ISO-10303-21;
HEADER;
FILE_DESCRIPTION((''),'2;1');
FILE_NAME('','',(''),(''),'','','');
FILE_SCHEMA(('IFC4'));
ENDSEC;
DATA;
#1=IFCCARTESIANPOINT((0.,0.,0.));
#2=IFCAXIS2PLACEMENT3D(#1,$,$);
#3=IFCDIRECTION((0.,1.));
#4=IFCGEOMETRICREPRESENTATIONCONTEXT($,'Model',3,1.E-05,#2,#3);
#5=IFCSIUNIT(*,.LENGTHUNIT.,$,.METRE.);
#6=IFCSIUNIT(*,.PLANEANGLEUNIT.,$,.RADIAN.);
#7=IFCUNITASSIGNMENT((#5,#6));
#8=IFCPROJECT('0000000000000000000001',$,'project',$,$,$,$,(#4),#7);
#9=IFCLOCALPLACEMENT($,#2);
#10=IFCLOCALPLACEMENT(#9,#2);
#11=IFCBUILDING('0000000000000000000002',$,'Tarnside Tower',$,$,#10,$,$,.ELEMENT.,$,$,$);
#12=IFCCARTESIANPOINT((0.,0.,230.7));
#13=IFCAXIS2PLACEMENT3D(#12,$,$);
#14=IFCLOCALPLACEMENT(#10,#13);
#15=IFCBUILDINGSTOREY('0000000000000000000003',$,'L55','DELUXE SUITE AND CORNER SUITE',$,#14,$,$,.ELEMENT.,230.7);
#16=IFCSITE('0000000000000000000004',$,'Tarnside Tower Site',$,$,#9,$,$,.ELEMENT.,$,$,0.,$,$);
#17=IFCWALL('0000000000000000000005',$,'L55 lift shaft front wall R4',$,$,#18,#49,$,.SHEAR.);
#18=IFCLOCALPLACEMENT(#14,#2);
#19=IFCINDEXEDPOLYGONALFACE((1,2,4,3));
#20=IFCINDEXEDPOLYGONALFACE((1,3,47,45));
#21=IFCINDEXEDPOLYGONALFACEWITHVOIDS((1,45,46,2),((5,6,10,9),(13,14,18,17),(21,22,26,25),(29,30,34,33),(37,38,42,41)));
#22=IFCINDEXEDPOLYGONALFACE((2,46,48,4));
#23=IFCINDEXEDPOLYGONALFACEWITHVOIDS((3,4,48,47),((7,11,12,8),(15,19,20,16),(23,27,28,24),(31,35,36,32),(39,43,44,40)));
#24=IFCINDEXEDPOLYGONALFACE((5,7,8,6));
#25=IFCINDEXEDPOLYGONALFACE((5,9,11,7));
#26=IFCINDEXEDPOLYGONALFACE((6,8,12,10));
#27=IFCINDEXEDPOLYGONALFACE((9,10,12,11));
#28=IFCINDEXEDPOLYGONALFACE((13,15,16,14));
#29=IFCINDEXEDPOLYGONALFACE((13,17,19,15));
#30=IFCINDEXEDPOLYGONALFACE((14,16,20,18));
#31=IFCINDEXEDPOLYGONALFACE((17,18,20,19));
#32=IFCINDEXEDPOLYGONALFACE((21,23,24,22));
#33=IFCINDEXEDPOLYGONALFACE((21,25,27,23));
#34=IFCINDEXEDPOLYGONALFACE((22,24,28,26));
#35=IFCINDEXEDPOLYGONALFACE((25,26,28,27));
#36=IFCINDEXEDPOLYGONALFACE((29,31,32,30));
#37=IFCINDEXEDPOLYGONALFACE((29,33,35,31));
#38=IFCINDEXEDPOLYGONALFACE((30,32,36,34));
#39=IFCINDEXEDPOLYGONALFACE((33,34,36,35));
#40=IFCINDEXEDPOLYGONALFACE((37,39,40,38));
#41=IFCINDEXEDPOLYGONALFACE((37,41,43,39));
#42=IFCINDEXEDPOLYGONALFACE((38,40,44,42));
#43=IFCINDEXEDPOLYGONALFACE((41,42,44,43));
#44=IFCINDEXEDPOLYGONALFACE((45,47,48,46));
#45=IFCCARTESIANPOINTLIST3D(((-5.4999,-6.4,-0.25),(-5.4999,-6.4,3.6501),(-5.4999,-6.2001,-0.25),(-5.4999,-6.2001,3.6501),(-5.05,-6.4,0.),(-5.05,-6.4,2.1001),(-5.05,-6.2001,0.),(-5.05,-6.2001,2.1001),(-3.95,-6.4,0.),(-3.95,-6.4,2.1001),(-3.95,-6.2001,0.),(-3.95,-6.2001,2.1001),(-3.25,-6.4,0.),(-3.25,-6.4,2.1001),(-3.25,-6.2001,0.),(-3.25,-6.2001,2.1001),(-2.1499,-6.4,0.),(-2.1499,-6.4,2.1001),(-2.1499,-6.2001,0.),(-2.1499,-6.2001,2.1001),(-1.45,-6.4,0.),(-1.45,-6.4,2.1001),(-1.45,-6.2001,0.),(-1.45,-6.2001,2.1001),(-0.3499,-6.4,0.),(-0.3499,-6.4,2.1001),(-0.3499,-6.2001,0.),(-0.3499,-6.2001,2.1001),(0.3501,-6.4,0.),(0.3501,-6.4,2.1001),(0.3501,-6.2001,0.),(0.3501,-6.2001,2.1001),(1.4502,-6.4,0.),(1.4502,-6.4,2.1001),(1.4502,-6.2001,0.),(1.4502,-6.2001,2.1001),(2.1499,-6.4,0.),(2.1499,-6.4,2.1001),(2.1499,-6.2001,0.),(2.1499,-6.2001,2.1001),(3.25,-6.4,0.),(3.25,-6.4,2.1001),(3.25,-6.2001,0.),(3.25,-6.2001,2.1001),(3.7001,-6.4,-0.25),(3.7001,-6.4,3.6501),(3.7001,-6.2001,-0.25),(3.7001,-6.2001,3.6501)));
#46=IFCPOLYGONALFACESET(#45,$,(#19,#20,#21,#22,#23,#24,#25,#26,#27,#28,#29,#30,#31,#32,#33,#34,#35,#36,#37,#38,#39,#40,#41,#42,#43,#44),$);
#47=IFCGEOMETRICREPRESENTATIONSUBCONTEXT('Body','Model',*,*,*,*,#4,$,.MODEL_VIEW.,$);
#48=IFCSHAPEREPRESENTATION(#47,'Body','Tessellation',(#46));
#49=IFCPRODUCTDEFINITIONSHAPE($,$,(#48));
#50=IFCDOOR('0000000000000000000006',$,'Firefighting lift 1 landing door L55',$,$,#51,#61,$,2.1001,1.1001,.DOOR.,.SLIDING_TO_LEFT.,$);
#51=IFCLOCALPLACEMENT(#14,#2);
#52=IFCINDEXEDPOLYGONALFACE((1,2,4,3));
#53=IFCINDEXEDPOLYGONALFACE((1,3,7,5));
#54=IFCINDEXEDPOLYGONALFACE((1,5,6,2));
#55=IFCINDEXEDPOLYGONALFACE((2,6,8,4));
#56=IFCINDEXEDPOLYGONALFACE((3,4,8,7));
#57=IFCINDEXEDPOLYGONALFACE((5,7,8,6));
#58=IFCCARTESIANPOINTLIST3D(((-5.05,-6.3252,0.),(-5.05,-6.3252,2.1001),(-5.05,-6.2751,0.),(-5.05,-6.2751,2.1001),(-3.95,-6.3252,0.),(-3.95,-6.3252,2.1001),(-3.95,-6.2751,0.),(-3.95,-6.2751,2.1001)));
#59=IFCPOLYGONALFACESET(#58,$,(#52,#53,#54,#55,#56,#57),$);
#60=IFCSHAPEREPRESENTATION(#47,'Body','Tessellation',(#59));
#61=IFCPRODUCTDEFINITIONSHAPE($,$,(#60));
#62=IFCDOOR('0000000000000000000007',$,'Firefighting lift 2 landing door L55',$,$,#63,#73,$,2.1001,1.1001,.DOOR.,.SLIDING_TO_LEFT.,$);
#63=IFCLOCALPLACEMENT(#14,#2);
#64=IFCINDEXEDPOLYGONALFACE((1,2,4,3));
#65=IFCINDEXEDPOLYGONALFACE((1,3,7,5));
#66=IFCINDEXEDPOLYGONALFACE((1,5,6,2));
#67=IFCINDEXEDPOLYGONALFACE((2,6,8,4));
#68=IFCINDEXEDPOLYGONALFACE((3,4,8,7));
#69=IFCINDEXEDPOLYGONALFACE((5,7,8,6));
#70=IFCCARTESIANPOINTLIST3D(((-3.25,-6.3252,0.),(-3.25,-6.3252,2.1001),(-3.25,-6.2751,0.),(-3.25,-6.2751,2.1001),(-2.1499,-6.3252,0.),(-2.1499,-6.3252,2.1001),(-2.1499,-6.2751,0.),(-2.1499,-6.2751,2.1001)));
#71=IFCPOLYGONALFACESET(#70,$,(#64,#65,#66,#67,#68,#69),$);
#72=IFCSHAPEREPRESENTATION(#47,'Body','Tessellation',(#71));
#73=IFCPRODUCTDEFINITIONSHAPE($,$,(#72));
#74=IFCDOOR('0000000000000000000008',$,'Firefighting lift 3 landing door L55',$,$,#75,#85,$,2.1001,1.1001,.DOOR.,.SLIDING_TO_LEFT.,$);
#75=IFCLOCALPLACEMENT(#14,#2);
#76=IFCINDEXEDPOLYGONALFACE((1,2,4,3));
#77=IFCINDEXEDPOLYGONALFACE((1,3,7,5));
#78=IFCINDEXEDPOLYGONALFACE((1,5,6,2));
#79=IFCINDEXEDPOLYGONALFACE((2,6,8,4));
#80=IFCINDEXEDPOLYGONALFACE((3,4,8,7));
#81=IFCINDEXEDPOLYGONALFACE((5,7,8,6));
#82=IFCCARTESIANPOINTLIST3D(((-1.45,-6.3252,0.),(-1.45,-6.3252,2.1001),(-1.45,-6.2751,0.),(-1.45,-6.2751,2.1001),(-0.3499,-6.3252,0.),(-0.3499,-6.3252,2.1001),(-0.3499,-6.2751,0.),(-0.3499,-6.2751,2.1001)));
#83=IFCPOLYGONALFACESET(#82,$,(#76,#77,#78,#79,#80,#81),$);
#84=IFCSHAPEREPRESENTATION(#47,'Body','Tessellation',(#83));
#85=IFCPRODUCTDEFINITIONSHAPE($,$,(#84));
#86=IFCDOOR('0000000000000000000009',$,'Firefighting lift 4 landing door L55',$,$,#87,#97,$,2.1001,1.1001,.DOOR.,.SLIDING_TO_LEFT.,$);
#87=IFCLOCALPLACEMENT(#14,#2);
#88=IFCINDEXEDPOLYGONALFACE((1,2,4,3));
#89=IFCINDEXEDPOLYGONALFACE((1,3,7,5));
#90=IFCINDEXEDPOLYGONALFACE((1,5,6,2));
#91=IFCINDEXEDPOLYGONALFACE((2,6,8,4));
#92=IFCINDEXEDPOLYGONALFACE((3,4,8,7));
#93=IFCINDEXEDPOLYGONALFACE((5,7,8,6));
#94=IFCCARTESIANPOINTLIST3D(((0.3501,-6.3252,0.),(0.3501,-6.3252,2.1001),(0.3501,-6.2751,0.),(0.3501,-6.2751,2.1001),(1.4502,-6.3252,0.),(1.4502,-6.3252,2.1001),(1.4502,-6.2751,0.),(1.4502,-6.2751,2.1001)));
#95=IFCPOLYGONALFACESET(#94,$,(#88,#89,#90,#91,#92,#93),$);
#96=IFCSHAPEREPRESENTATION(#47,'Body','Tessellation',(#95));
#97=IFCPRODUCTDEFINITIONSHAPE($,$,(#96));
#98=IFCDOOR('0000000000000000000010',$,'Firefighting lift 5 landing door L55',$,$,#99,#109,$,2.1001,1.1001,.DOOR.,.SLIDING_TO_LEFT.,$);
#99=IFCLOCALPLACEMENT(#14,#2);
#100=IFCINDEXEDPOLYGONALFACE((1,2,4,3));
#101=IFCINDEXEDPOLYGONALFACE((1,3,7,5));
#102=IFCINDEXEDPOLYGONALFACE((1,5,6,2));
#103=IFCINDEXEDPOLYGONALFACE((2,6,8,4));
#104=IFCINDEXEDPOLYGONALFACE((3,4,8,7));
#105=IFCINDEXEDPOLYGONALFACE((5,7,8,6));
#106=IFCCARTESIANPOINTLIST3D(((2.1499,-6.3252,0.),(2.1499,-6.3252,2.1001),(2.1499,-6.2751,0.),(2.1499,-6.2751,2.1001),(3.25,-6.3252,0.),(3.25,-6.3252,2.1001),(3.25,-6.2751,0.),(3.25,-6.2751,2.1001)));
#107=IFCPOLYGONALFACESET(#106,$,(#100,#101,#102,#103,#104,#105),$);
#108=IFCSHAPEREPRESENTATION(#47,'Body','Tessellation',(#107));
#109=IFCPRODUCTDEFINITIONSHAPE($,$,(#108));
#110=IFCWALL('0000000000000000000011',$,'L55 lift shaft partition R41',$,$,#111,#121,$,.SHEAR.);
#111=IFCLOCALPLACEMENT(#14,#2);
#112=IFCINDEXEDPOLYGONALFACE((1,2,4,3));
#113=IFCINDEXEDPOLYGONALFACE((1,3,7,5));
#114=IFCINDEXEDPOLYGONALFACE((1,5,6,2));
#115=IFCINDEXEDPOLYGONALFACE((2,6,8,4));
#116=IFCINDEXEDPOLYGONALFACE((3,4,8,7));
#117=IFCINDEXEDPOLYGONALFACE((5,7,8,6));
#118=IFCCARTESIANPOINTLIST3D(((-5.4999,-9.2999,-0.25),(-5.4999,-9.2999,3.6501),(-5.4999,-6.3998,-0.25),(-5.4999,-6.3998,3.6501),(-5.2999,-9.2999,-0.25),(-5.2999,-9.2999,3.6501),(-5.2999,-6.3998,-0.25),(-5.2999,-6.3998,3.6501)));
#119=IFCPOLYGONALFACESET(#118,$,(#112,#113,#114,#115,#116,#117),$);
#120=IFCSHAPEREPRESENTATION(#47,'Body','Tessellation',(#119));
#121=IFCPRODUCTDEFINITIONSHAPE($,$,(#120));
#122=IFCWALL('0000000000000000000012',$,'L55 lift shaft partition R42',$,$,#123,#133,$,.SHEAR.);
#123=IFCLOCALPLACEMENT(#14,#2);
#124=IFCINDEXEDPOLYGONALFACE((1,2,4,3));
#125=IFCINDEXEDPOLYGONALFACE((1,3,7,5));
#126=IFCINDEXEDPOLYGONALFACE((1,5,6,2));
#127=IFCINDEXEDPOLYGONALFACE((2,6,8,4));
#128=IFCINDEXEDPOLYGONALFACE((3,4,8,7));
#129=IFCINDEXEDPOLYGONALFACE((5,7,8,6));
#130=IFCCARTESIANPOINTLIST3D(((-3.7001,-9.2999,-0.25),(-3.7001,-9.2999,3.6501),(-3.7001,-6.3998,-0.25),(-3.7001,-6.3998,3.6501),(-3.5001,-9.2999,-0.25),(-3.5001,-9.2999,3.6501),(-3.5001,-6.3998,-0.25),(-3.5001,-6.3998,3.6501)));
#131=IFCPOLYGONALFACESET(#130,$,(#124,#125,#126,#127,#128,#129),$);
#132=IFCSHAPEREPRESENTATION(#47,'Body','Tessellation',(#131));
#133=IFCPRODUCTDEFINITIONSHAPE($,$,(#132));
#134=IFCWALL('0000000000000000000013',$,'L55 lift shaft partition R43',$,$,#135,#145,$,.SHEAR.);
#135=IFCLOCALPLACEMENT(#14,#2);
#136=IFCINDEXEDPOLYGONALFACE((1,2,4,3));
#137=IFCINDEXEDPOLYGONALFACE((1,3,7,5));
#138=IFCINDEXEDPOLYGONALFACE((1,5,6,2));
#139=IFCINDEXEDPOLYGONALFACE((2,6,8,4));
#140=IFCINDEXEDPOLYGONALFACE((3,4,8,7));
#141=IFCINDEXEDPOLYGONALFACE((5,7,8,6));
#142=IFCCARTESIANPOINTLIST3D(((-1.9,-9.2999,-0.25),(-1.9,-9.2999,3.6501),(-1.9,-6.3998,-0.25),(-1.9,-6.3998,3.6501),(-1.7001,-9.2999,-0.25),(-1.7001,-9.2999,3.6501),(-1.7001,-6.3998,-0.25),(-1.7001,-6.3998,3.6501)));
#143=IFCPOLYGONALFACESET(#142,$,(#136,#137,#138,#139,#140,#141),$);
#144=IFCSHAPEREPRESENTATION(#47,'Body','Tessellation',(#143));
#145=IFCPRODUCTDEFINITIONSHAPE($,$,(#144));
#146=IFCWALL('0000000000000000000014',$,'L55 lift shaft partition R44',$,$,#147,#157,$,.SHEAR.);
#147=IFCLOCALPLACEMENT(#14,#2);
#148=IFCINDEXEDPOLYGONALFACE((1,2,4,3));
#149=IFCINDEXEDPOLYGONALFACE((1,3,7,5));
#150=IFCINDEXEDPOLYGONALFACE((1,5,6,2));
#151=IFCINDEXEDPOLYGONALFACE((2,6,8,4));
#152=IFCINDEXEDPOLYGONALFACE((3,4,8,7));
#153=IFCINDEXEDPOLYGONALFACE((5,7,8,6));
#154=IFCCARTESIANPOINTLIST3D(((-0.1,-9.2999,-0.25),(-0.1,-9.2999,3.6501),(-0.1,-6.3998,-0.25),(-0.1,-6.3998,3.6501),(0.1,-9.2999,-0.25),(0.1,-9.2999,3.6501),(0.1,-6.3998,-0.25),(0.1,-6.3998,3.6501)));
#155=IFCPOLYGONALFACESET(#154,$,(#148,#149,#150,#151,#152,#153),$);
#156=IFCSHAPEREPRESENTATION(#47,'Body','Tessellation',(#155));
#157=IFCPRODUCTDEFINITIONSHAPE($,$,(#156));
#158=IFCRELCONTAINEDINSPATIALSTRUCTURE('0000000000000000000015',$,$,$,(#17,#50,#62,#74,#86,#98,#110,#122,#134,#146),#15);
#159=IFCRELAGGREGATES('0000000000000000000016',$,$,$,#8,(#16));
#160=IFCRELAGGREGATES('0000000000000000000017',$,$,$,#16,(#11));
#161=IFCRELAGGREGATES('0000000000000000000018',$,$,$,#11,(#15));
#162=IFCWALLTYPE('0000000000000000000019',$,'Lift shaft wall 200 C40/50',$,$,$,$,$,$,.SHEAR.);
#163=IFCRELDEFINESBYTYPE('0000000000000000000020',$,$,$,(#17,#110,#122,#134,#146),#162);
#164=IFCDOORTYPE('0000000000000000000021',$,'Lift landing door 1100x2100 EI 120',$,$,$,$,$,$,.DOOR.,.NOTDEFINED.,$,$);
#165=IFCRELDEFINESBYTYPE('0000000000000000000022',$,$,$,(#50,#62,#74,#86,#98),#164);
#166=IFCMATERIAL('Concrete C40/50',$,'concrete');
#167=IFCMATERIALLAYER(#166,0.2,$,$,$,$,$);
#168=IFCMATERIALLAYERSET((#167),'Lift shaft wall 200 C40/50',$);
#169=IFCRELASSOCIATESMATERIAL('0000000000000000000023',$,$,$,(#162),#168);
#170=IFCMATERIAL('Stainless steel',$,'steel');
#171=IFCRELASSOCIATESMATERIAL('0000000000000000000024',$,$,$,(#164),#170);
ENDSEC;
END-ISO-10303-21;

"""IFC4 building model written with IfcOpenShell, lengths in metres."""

from ifc_helpers import new_model, si_unit, direction, frame, frame_2d, origin, place, context, subcontext, project, spatial, rectangle, extrude, material, layer, layer_set, type_object, element, fill, save


model = new_model("IFC4")

# Units and contexts
model_context = context("Model", 3, precision=1e-05, world=origin(), true_north=direction((0.0, 1.0)))
body_context = subcontext(model_context, "Body", "Model", "MODEL_VIEW")
ifc_project = project(units=[si_unit("LENGTHUNIT", "METRE"), si_unit("PLANEANGLEUNIT", "RADIAN")], contexts=[model_context])

# Site, building, storey
site_placement = place(None, origin())
site = spatial("IfcSite", under=ifc_project, at=site_placement, Name="Tarnside Tower Site", CompositionType="ELEMENT", RefElevation=0.0)
building_placement = place(site_placement, origin())
building = spatial("IfcBuilding", under=site, at=building_placement, Name="Tarnside Tower", CompositionType="ELEMENT")
storey_placement = place(building_placement, frame((0.0, 0.0, 230.7)))
storey = spatial("IfcBuildingStorey", under=building, at=storey_placement, Name="L55", Description="DELUXE SUITE AND CORNER SUITE", CompositionType="ELEMENT", Elevation=230.7)

# Shared definitions
ifc_material_1 = material(Name="Concrete C40/50", Category="concrete")

# Wall, openings, doors
ifc_layer_1 = layer(ifc_material_1, 0.2)
ifc_layer_set_1 = layer_set([ifc_layer_1], Name="Lift shaft wall 200 C40/50")
wall_type_1 = type_object("IfcWallType", Name="Lift shaft wall 200 C40/50", PredefinedType="SHEAR", material=ifc_layer_set_1)
wall_1_placement = place(storey_placement, frame((-5.5, -6.3, -0.25), z_axis=(0.0, 0.0, 1.0), x_axis=(1.0, 0.0, 0.0)))
wall_1 = element("IfcWall", 1, at=wall_1_placement, inside=storey, type_object=wall_type_1, Name="L55 lift shaft front wall R4", PredefinedType="SHEAR", context=body_context, shape_type="SweptSolid", body=[
    extrude(rectangle(XDim=9.2, YDim=0.2, at=frame_2d((4.6001, 0.0))), origin(), (0.0, 0.0, 1.0), 3.9001),
])
opening_1_placement = place(wall_1_placement, frame((0.45, 0.0, 0.25)))
opening_1 = element("IfcOpeningElement", 2, at=opening_1_placement, cuts=wall_1, PredefinedType="OPENING", context=body_context, shape_type="SweptSolid", body=[
    extrude(rectangle(XDim=1.1001, YDim=2.1001, at=frame_2d((0.55, 1.05))), frame((0.0, 0.1099, 0.0), z_axis=(0.0, -1.0, 0.0), x_axis=(1.0, 0.0, 0.0)), (0.0, 0.0, 1.0), 0.22),
])
opening_2_placement = place(wall_1_placement, frame((2.25, 0.0, 0.25)))
opening_2 = element("IfcOpeningElement", 3, at=opening_2_placement, cuts=wall_1, PredefinedType="OPENING", context=body_context, shape_type="SweptSolid", body=[
    extrude(rectangle(XDim=1.1001, YDim=2.1001, at=frame_2d((0.55, 1.05))), frame((0.0, 0.1099, 0.0), z_axis=(0.0, -1.0, 0.0), x_axis=(1.0, 0.0, 0.0)), (0.0, 0.0, 1.0), 0.22),
])
opening_3_placement = place(wall_1_placement, frame((4.05, 0.0, 0.25)))
opening_3 = element("IfcOpeningElement", 4, at=opening_3_placement, cuts=wall_1, PredefinedType="OPENING", context=body_context, shape_type="SweptSolid", body=[
    extrude(rectangle(XDim=1.1001, YDim=2.1001, at=frame_2d((0.55, 1.05))), frame((0.0, 0.1099, 0.0), z_axis=(0.0, -1.0, 0.0), x_axis=(1.0, 0.0, 0.0)), (0.0, 0.0, 1.0), 0.22),
])
opening_4_placement = place(wall_1_placement, frame((5.8501, 0.0, 0.25)))
opening_4 = element("IfcOpeningElement", 5, at=opening_4_placement, cuts=wall_1, PredefinedType="OPENING", context=body_context, shape_type="SweptSolid", body=[
    extrude(rectangle(XDim=1.1001, YDim=2.1001, at=frame_2d((0.55, 1.05))), frame((0.0, 0.1099, 0.0), z_axis=(0.0, -1.0, 0.0), x_axis=(1.0, 0.0, 0.0)), (0.0, 0.0, 1.0), 0.22),
])
opening_5_placement = place(wall_1_placement, frame((7.6499, 0.0, 0.25)))
opening_5 = element("IfcOpeningElement", 6, at=opening_5_placement, cuts=wall_1, PredefinedType="OPENING", context=body_context, shape_type="SweptSolid", body=[
    extrude(rectangle(XDim=1.1001, YDim=2.1001, at=frame_2d((0.55, 1.05))), frame((0.0, 0.1099, 0.0), z_axis=(0.0, -1.0, 0.0), x_axis=(1.0, 0.0, 0.0)), (0.0, 0.0, 1.0), 0.22),
])
ifc_material_2 = material(Name="Stainless steel", Category="steel")
door_type_1 = type_object("IfcDoorType", Name="Lift landing door 1100x2100 EI 120", OperationType="NOTDEFINED", PredefinedType="DOOR", material=ifc_material_2)
door_1_placement = place(opening_1_placement, origin())
door_1 = element("IfcDoor", 7, at=door_1_placement, inside=storey, type_object=door_type_1, Name="Firefighting lift 1 landing door L55", OperationType="SLIDING_TO_LEFT", OverallHeight=2.1001, OverallWidth=1.1001, PredefinedType="DOOR", context=body_context, shape_type="SweptSolid", body=[
    extrude(rectangle(XDim=1.1001, YDim=2.1001, at=frame_2d((0.55, 1.05))), frame((0.0, 0.0249, 0.0), z_axis=(0.0, -1.0, 0.0), x_axis=(1.0, 0.0, 0.0)), (0.0, 0.0, 1.0), 0.05),
])
fill(opening_1, door_1)
door_2_placement = place(opening_2_placement, origin())
door_2 = element("IfcDoor", 8, at=door_2_placement, inside=storey, type_object=door_type_1, Name="Firefighting lift 2 landing door L55", OperationType="SLIDING_TO_LEFT", OverallHeight=2.1001, OverallWidth=1.1001, PredefinedType="DOOR", context=body_context, shape_type="SweptSolid", body=[
    extrude(rectangle(XDim=1.1001, YDim=2.1001, at=frame_2d((0.55, 1.05))), frame((0.0, 0.0249, 0.0), z_axis=(0.0, -1.0, 0.0), x_axis=(1.0, 0.0, 0.0)), (0.0, 0.0, 1.0), 0.05),
])
fill(opening_2, door_2)
door_3_placement = place(opening_3_placement, origin())
door_3 = element("IfcDoor", 9, at=door_3_placement, inside=storey, type_object=door_type_1, Name="Firefighting lift 3 landing door L55", OperationType="SLIDING_TO_LEFT", OverallHeight=2.1001, OverallWidth=1.1001, PredefinedType="DOOR", context=body_context, shape_type="SweptSolid", body=[
    extrude(rectangle(XDim=1.1001, YDim=2.1001, at=frame_2d((0.55, 1.05))), frame((0.0, 0.0249, 0.0), z_axis=(0.0, -1.0, 0.0), x_axis=(1.0, 0.0, 0.0)), (0.0, 0.0, 1.0), 0.05),
])
fill(opening_3, door_3)
door_4_placement = place(opening_4_placement, origin())
door_4 = element("IfcDoor", 10, at=door_4_placement, inside=storey, type_object=door_type_1, Name="Firefighting lift 4 landing door L55", OperationType="SLIDING_TO_LEFT", OverallHeight=2.1001, OverallWidth=1.1001, PredefinedType="DOOR", context=body_context, shape_type="SweptSolid", body=[
    extrude(rectangle(XDim=1.1001, YDim=2.1001, at=frame_2d((0.55, 1.05))), frame((0.0, 0.0249, 0.0), z_axis=(0.0, -1.0, 0.0), x_axis=(1.0, 0.0, 0.0)), (0.0, 0.0, 1.0), 0.05),
])
fill(opening_4, door_4)
door_5_placement = place(opening_5_placement, origin())
door_5 = element("IfcDoor", 11, at=door_5_placement, inside=storey, type_object=door_type_1, Name="Firefighting lift 5 landing door L55", OperationType="SLIDING_TO_LEFT", OverallHeight=2.1001, OverallWidth=1.1001, PredefinedType="DOOR", context=body_context, shape_type="SweptSolid", body=[
    extrude(rectangle(XDim=1.1001, YDim=2.1001, at=frame_2d((0.55, 1.05))), frame((0.0, 0.0249, 0.0), z_axis=(0.0, -1.0, 0.0), x_axis=(1.0, 0.0, 0.0)), (0.0, 0.0, 1.0), 0.05),
])
fill(opening_5, door_5)

# Walls
for number, where, z_axis, x_axis, name in (
    (12, (-5.3999, -9.3, -0.25), (0.0, 0.0, 1.0), (0.0, 1.0, 0.0), "L55 lift shaft partition R41"),
    (13, (-3.6001, -9.3, -0.25), (0.0, 0.0, 1.0), (0.0, 1.0, 0.0), "L55 lift shaft partition R42"),
    (14, (-1.8, -9.3, -0.25), (0.0, 0.0, 1.0), (0.0, 1.0, 0.0), "L55 lift shaft partition R43"),
    (15, (0.0, -9.3, -0.25), (0.0, 0.0, 1.0), (0.0, 1.0, 0.0), "L55 lift shaft partition R44"),
):
    element("IfcWall", number, at=place(storey_placement, frame(where, z_axis=z_axis, x_axis=x_axis)), inside=storey, type_object=wall_type_1, Name=name, PredefinedType="SHEAR", context=body_context, shape_type="SweptSolid", body=[
        extrude(rectangle(XDim=2.9001, YDim=0.2, at=frame_2d((1.4502, 0.0))), origin(), (0.0, 0.0, 1.0), 3.9001),
    ])

save(model, "model.ifc")
